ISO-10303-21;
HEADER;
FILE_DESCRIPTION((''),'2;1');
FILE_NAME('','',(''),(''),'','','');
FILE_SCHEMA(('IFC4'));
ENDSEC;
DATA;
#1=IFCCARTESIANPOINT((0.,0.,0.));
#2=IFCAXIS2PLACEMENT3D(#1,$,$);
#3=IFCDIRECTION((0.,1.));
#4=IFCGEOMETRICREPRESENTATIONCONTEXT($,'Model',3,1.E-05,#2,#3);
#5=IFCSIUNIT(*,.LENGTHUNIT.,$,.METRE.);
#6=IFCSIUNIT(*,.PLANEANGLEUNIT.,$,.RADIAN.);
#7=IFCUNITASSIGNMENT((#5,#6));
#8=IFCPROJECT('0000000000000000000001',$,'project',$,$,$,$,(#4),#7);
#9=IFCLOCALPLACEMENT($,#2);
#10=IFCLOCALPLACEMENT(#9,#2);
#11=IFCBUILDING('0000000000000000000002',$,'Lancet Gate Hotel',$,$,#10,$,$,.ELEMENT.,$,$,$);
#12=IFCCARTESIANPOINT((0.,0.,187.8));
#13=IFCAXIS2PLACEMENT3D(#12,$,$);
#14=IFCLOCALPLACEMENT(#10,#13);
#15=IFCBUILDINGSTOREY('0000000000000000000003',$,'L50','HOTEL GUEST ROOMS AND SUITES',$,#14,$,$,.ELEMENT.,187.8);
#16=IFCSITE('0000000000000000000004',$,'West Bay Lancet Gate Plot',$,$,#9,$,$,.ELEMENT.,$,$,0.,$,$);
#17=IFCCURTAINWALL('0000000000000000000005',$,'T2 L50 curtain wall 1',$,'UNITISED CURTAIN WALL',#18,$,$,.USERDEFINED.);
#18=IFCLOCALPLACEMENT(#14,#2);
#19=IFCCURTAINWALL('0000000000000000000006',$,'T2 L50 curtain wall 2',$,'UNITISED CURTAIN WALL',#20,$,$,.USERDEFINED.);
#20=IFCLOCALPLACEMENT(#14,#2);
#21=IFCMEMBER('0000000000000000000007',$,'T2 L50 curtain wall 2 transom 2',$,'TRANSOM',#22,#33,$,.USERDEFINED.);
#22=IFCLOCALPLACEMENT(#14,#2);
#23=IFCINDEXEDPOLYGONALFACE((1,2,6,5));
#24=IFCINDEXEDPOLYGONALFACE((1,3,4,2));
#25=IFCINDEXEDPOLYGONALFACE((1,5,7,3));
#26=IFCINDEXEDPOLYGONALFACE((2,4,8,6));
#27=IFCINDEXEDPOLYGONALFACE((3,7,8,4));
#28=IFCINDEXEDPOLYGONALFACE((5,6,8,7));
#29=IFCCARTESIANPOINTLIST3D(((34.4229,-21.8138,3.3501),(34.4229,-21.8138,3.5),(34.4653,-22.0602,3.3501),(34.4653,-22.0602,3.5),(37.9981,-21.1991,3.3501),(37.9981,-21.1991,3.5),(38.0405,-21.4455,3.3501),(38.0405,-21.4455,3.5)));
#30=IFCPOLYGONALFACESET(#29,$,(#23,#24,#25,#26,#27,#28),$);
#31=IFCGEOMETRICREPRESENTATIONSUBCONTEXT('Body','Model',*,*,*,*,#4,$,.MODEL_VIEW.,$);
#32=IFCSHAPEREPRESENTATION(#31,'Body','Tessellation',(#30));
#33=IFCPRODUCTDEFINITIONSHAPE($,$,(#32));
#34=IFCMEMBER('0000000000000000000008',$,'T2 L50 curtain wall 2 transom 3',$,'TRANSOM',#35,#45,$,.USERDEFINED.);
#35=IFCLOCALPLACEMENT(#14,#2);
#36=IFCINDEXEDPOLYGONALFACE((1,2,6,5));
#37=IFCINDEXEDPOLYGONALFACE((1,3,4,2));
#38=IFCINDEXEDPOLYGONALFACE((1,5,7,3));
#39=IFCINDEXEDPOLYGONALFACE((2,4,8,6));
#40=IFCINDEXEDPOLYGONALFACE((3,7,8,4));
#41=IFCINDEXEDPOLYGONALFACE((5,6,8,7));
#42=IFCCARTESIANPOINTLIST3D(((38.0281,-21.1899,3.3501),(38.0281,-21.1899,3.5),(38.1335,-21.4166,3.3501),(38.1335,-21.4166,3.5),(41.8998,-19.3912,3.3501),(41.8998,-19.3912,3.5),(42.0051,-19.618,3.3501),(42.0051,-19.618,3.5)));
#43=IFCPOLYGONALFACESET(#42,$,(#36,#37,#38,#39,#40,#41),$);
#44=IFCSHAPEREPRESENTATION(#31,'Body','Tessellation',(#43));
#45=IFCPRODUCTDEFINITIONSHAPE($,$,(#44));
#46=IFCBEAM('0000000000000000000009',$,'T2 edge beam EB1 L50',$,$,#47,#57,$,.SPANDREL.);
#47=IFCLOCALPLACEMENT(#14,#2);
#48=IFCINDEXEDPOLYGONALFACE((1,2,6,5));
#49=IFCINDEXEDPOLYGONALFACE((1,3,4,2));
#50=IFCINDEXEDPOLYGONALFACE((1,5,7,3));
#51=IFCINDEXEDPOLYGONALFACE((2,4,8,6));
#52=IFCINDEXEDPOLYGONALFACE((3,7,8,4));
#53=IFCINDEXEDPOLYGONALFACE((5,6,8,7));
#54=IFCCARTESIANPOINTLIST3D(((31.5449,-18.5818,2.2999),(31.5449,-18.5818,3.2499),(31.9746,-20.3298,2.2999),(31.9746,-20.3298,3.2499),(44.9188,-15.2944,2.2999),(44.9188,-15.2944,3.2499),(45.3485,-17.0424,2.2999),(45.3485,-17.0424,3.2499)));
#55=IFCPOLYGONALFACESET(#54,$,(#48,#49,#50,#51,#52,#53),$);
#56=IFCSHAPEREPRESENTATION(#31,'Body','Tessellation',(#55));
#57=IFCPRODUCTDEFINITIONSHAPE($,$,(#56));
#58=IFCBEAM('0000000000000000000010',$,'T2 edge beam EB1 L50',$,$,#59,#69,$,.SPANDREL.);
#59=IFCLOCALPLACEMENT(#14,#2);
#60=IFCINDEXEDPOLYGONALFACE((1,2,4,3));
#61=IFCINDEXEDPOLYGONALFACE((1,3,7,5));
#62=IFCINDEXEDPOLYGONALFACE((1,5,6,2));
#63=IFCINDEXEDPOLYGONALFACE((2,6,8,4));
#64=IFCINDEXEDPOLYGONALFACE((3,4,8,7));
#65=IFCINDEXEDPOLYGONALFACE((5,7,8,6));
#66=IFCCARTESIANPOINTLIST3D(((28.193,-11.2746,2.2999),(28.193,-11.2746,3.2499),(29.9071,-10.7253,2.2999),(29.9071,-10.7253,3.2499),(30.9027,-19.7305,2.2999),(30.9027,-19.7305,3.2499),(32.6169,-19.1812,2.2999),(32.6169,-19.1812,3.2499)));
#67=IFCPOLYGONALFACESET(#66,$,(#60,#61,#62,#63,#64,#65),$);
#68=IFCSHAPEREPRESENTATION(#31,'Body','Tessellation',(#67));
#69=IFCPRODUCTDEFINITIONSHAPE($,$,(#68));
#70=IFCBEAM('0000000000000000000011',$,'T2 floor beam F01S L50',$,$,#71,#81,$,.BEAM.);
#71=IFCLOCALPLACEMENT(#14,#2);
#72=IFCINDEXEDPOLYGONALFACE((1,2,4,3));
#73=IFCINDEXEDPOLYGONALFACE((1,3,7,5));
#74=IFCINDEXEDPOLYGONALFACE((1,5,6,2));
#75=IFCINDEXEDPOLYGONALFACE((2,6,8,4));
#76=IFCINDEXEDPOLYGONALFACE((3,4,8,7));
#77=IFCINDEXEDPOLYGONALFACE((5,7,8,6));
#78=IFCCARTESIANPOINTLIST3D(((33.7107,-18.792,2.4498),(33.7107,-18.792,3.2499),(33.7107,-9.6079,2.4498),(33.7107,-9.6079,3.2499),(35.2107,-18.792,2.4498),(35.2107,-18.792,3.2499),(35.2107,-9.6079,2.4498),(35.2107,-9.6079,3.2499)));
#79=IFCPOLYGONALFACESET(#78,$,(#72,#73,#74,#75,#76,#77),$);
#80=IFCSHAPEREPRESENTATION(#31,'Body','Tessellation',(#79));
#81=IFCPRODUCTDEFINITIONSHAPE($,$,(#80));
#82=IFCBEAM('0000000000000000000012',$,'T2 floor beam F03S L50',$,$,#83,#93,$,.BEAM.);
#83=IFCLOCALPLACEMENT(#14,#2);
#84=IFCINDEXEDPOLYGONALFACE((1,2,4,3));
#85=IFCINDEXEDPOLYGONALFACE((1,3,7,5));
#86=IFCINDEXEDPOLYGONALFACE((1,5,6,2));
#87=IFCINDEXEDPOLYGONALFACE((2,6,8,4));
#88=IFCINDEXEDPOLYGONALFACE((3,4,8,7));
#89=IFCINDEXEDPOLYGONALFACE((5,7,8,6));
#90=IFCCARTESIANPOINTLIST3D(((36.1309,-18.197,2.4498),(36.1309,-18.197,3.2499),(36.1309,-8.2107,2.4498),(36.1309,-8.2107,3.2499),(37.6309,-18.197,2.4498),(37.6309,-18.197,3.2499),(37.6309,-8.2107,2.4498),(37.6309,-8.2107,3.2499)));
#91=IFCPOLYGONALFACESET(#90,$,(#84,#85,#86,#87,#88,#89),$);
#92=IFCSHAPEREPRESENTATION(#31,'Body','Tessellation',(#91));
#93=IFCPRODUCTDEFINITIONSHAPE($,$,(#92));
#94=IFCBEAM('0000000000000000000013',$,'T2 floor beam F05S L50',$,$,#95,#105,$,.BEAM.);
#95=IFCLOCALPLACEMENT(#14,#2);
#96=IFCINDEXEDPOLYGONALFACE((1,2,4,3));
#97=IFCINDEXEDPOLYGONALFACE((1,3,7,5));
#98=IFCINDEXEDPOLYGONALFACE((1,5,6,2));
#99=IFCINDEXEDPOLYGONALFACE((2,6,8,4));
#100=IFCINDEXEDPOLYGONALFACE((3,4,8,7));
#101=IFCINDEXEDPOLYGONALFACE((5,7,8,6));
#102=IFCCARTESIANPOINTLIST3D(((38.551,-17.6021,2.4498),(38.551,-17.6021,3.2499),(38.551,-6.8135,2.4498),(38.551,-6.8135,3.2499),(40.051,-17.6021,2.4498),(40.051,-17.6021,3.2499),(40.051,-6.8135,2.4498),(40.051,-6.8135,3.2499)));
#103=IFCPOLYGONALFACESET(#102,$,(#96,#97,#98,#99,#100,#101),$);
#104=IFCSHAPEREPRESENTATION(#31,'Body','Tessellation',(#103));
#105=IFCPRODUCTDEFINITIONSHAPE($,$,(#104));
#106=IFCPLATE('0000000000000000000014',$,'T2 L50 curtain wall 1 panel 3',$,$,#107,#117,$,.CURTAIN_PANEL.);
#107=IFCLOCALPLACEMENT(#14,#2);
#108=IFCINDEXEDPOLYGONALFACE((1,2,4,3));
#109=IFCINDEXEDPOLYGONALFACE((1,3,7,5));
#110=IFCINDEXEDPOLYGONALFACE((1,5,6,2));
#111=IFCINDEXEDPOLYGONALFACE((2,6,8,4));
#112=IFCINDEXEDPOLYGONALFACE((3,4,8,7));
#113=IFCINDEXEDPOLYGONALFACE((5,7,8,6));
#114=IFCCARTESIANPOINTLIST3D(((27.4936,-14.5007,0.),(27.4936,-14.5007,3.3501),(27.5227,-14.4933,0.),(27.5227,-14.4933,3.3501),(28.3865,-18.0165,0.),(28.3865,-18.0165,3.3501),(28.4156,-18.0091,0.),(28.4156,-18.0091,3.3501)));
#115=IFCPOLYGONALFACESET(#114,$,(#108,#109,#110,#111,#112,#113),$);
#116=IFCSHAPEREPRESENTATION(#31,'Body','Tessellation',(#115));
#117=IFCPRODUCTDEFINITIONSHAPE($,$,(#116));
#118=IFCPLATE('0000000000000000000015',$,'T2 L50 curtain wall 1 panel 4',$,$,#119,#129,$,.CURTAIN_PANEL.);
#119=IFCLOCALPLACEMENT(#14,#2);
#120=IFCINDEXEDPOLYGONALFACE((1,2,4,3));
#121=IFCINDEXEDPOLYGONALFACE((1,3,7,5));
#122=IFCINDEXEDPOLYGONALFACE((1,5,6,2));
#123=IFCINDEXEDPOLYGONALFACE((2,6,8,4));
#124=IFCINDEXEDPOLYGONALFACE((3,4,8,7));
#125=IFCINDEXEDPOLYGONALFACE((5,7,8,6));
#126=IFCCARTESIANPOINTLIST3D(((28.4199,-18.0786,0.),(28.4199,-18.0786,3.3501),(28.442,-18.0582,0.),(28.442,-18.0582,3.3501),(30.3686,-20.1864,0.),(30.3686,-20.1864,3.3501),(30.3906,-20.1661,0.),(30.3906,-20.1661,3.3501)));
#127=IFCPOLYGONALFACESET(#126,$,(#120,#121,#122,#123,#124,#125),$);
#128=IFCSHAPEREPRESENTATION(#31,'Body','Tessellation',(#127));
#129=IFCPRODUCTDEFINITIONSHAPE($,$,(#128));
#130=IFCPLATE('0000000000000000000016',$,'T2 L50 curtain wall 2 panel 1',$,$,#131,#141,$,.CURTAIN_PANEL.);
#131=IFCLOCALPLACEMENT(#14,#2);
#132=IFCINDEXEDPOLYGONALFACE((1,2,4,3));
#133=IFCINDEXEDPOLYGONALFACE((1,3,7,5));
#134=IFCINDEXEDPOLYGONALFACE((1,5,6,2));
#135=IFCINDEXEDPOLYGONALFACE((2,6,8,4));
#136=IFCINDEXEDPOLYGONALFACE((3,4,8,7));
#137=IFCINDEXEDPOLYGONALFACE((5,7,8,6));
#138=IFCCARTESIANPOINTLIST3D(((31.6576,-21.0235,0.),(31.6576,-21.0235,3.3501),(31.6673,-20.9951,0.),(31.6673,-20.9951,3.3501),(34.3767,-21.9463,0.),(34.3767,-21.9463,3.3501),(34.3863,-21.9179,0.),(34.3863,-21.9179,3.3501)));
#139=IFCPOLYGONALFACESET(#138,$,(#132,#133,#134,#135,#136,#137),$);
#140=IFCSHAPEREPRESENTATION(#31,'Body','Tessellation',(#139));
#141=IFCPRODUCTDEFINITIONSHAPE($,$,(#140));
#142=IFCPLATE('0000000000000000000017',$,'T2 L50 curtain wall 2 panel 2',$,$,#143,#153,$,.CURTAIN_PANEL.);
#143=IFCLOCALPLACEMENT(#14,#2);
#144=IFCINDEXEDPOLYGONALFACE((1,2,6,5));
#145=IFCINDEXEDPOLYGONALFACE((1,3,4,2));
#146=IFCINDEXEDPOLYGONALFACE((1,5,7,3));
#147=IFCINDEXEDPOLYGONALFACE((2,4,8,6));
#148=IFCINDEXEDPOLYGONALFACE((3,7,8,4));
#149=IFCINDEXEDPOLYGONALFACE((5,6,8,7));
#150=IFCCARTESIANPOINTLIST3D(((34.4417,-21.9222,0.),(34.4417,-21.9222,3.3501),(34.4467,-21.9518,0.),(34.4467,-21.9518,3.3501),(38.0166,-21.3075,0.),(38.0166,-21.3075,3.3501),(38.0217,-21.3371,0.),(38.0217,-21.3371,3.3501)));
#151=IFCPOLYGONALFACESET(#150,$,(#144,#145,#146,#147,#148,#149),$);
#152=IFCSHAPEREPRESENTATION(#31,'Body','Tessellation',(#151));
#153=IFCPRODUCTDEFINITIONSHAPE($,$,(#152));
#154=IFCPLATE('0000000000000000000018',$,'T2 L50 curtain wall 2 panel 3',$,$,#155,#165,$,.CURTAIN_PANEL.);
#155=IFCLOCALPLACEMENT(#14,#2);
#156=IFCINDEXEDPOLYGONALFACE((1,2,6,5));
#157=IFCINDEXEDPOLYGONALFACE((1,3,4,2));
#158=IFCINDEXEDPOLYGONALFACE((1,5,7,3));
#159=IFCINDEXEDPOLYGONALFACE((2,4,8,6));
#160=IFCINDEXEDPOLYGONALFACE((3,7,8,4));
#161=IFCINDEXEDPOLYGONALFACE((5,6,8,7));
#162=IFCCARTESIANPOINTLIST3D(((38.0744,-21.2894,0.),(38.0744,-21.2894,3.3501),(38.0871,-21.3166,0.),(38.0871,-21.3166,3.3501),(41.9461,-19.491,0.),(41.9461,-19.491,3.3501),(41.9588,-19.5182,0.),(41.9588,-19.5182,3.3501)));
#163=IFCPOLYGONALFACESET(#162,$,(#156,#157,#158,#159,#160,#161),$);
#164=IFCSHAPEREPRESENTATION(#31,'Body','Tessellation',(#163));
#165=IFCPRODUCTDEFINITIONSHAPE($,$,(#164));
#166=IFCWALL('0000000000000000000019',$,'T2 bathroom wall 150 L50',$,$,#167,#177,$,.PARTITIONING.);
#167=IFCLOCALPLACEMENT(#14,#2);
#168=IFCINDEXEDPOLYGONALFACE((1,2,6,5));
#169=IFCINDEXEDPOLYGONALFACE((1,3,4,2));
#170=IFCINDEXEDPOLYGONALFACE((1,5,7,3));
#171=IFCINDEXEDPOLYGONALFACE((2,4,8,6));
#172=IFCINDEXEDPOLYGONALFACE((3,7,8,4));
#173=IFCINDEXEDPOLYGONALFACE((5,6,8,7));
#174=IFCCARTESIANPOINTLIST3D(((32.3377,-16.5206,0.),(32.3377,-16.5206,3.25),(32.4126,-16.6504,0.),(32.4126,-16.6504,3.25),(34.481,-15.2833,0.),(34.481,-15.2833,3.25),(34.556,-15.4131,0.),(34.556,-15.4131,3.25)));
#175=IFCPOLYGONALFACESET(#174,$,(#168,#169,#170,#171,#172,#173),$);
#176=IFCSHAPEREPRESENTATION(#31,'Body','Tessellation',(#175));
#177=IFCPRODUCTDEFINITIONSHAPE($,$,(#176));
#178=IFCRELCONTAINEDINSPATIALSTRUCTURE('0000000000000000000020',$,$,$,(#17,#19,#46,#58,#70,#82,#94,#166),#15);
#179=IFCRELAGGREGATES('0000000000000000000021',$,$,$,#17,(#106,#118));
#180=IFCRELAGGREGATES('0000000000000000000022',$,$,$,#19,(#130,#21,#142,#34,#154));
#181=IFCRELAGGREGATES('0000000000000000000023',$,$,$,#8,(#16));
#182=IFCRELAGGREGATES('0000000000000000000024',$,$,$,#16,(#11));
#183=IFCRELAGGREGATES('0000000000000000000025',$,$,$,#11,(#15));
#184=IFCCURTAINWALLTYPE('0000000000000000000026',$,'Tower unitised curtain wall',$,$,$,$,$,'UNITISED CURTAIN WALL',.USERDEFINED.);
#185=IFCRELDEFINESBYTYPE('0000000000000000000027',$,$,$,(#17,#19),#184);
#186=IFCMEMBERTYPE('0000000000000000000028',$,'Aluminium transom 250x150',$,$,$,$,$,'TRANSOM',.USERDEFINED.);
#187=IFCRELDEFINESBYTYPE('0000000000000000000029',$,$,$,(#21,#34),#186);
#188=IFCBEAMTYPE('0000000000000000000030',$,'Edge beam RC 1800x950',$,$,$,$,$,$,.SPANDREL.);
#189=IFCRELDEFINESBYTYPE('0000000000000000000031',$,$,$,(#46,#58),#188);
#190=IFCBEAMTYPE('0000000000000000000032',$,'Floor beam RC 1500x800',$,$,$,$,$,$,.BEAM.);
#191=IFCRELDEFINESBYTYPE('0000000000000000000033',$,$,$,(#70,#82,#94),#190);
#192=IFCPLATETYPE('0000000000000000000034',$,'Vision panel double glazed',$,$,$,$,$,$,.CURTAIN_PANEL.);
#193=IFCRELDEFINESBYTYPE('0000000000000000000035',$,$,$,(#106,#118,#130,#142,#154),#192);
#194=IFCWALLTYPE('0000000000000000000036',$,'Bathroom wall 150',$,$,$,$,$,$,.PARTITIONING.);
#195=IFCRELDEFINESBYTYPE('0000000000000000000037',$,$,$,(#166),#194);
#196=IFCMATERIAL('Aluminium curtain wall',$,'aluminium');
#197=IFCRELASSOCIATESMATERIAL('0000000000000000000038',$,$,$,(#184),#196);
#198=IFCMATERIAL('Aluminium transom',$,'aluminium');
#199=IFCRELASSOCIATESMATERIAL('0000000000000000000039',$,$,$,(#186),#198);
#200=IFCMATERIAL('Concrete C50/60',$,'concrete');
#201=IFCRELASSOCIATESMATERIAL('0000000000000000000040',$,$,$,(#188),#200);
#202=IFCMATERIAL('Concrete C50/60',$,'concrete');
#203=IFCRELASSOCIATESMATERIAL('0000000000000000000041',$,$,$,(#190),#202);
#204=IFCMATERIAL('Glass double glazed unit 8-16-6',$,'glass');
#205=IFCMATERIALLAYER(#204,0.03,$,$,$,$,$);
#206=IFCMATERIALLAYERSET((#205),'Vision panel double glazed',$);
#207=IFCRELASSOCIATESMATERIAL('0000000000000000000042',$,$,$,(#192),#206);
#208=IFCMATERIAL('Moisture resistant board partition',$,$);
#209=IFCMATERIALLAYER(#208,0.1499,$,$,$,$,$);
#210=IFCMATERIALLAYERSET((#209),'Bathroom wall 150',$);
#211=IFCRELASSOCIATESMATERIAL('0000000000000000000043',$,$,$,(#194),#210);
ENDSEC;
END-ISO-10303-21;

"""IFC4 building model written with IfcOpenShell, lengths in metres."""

from ifc_helpers import new_model, si_unit, direction, frame, frame_2d, origin, origin_2d, place, context, subcontext, project, spatial, rectangle, extrude, material, layer, layer_set, material_profile, profile_set, type_object, element, aggregate, save


model = new_model("IFC4")

# Units and contexts
model_context = context("Model", 3, precision=1e-05, world=origin(), true_north=direction((0.0, 1.0)))
body_context = subcontext(model_context, "Body", "Model", "MODEL_VIEW")
ifc_project = project(units=[si_unit("LENGTHUNIT", "METRE"), si_unit("PLANEANGLEUNIT", "RADIAN")], contexts=[model_context])

# Site, building, storey
site_placement = place(None, origin())
site = spatial("IfcSite", under=ifc_project, at=site_placement, Name="West Bay Lancet Gate Plot", CompositionType="ELEMENT", RefElevation=0.0)
building_placement = place(site_placement, origin())
building = spatial("IfcBuilding", under=site, at=building_placement, Name="Lancet Gate Hotel", CompositionType="ELEMENT")
storey_placement = place(building_placement, frame((0.0, 0.0, 187.8)))
storey = spatial("IfcBuildingStorey", under=building, at=storey_placement, Name="L50", Description="HOTEL GUEST ROOMS AND SUITES", CompositionType="ELEMENT", Elevation=187.8)

# Curtain walls
ifc_material_1 = material(Name="Aluminium curtain wall", Category="aluminium")
curtain_wall_type = type_object("IfcCurtainWallType", Name="Tower unitised curtain wall", ElementType="UNITISED CURTAIN WALL", PredefinedType="USERDEFINED", material=ifc_material_1)
curtain_wall_1_placement = place(storey_placement, origin())
curtain_wall_1 = element("IfcCurtainWall", 1, at=curtain_wall_1_placement, inside=storey, type_object=curtain_wall_type, Name="T2 L50 curtain wall 1", ObjectType="UNITISED CURTAIN WALL", PredefinedType="USERDEFINED")
curtain_wall_2_placement = place(storey_placement, origin())
curtain_wall_2 = element("IfcCurtainWall", 2, at=curtain_wall_2_placement, inside=storey, type_object=curtain_wall_type, Name="T2 L50 curtain wall 2", ObjectType="UNITISED CURTAIN WALL", PredefinedType="USERDEFINED")

# Members
ifc_material_2 = material(Name="Aluminium transom", Category="aluminium")
ifc_material_profile_1 = material_profile(ifc_material_2, rectangle(XDim=0.25, YDim=0.1499, at=origin_2d()), Name="TRANSOM 250x150")
ifc_profile_set_1 = profile_set([ifc_material_profile_1], Name="Aluminium transom")
member_type_1 = type_object("IfcMemberType", Name="Aluminium transom 250x150", ElementType="TRANSOM", PredefinedType="USERDEFINED", material=ifc_profile_set_1)
member_1_placement = place(storey_placement, frame((34.4441, -21.937, 3.425), z_axis=(0.985537, 0.169461, 0.0), x_axis=(-0.169461, 0.985537, 0.0)))
member_1 = element("IfcMember", 3, at=member_1_placement, type_object=member_type_1, Name="T2 L50 curtain wall 2 transom 2", ObjectType="TRANSOM", PredefinedType="USERDEFINED", context=body_context, shape_type="SweptSolid", body=[
    extrude(rectangle(XDim=0.25, YDim=0.1499, at=origin_2d()), origin(), (0.0, 0.0, 1.0), 3.6277),
])
member_2_placement = place(storey_placement, frame((38.0808, -21.3032, 3.425), z_axis=(0.906914, 0.421316, 0.0), x_axis=(-0.421316, 0.906914, 0.0)))
member_2 = element("IfcMember", 4, at=member_2_placement, type_object=member_type_1, Name="T2 L50 curtain wall 2 transom 3", ObjectType="TRANSOM", PredefinedType="USERDEFINED", context=body_context, shape_type="SweptSolid", body=[
    extrude(rectangle(XDim=0.25, YDim=0.1499, at=origin_2d()), origin(), (0.0, 0.0, 1.0), 4.269),
])

# Beams
ifc_material_3 = material(Name="Concrete C50/60", Category="concrete")
ifc_material_profile_2 = material_profile(ifc_material_3, rectangle(XDim=1.8, YDim=0.95, at=origin_2d()), Name="RC 1800x950")
ifc_profile_set_2 = profile_set([ifc_material_profile_2], Name="Concrete C50/60")
beam_type_1 = type_object("IfcBeamType", Name="Edge beam RC 1800x950", PredefinedType="SPANDREL", material=ifc_profile_set_2)
beam_1_placement = place(storey_placement, frame((31.7598, -19.4558, 2.7749), z_axis=(0.971093, 0.2387, 0.0), x_axis=(-0.2387, 0.971093, 0.0)))
element("IfcBeam", 5, at=beam_1_placement, inside=storey, type_object=beam_type_1, Name="T2 edge beam EB1 L50", PredefinedType="SPANDREL", context=body_context, shape_type="SweptSolid", body=[
    extrude(rectangle(XDim=1.8, YDim=0.95, at=origin_2d()), origin(), (0.0, 0.0, 1.0), 13.772),
])
beam_2_placement = place(storey_placement, frame((31.7598, -19.4558, 2.7749), z_axis=(-0.30517, 0.952298, 0.0), x_axis=(-0.952298, -0.30517, 0.0)))
element("IfcBeam", 6, at=beam_2_placement, inside=storey, type_object=beam_type_1, Name="T2 edge beam EB1 L50", PredefinedType="SPANDREL", context=body_context, shape_type="SweptSolid", body=[
    extrude(rectangle(XDim=1.8, YDim=0.95, at=origin_2d()), origin(), (0.0, 0.0, 1.0), 8.8794),
])
ifc_material_4 = material(Name="Concrete C50/60", Category="concrete")
ifc_material_profile_3 = material_profile(ifc_material_4, rectangle(XDim=1.5, YDim=0.8, at=origin_2d()), Name="RC 1500x800")
ifc_profile_set_3 = profile_set([ifc_material_profile_3], Name="Concrete C50/60")
beam_type_2 = type_object("IfcBeamType", Name="Floor beam RC 1500x800", PredefinedType="BEAM", material=ifc_profile_set_3)
beam_3_placement = place(storey_placement, frame((34.4607, -18.792, 2.8499), z_axis=(0.0, 1.0, 0.0), x_axis=(-1.0, 0.0, 0.0)))
element("IfcBeam", 7, at=beam_3_placement, inside=storey, type_object=beam_type_2, Name="T2 floor beam F01S L50", PredefinedType="BEAM", context=body_context, shape_type="SweptSolid", body=[
    extrude(rectangle(XDim=1.5, YDim=0.8, at=origin_2d()), origin(), (0.0, 0.0, 1.0), 9.1841),
])
beam_4_placement = place(storey_placement, frame((36.8809, -18.197, 2.8499), z_axis=(0.0, 1.0, 0.0), x_axis=(-1.0, 0.0, 0.0)))
element("IfcBeam", 8, at=beam_4_placement, inside=storey, type_object=beam_type_2, Name="T2 floor beam F03S L50", PredefinedType="BEAM", context=body_context, shape_type="SweptSolid", body=[
    extrude(rectangle(XDim=1.5, YDim=0.8, at=origin_2d()), origin(), (0.0, 0.0, 1.0), 9.9863),
])
beam_5_placement = place(storey_placement, frame((39.301, -17.6021, 2.8499), z_axis=(0.0, 1.0, 0.0), x_axis=(-1.0, 0.0, 0.0)))
element("IfcBeam", 9, at=beam_5_placement, inside=storey, type_object=beam_type_2, Name="T2 floor beam F05S L50", PredefinedType="BEAM", context=body_context, shape_type="SweptSolid", body=[
    extrude(rectangle(XDim=1.5, YDim=0.8, at=origin_2d()), origin(), (0.0, 0.0, 1.0), 10.7886),
])

# Plates
ifc_material_5 = material(Name="Glass double glazed unit 8-16-6", Category="glass")
ifc_layer_1 = layer(ifc_material_5, 0.03)
ifc_layer_set_1 = layer_set([ifc_layer_1], Name="Vision panel double glazed")
plate_type = type_object("IfcPlateType", Name="Vision panel double glazed", PredefinedType="CURTAIN_PANEL", material=ifc_layer_set_1)
plate_1_placement = place(storey_placement, frame((27.9546, -16.2549, 0.0), z_axis=(0.0, 0.0, 1.0), x_axis=(0.246167, -0.969228, 0.0)))
plate_1 = element("IfcPlate", 10, at=plate_1_placement, type_object=plate_type, Name="T2 L50 curtain wall 1 panel 3", PredefinedType="CURTAIN_PANEL", context=body_context, shape_type="SweptSolid", body=[
    extrude(rectangle(XDim=3.6274, YDim=0.03, at=origin_2d()), origin(), (0.0, 0.0, 1.0), 3.3501),
])
plate_2_placement = place(storey_placement, frame((29.4053, -19.1223, 0.0), z_axis=(0.0, 0.0, 1.0), x_axis=(0.678831, -0.734294, 0.0)))
plate_2 = element("IfcPlate", 11, at=plate_2_placement, type_object=plate_type, Name="T2 L50 curtain wall 1 panel 4", PredefinedType="CURTAIN_PANEL", context=body_context, shape_type="SweptSolid", body=[
    extrude(rectangle(XDim=2.8706, YDim=0.03, at=origin_2d()), origin(), (0.0, 0.0, 1.0), 3.3501),
])
aggregate(curtain_wall_1, [plate_1, plate_2])
plate_3_placement = place(storey_placement, frame((33.022, -21.4707, 0.0), z_axis=(0.0, 0.0, 1.0), x_axis=(0.946952, -0.321374, 0.0)))
plate_3 = element("IfcPlate", 12, at=plate_3_placement, type_object=plate_type, Name="T2 L50 curtain wall 2 panel 1", PredefinedType="CURTAIN_PANEL", context=body_context, shape_type="SweptSolid", body=[
    extrude(rectangle(XDim=2.8713, YDim=0.03, at=origin_2d()), origin(), (0.0, 0.0, 1.0), 3.3501),
])
plate_4_placement = place(storey_placement, frame((36.2317, -21.6296, 0.0), z_axis=(0.0, 0.0, 1.0), x_axis=(0.98554, 0.169445, 0.0)))
plate_4 = element("IfcPlate", 13, at=plate_4_placement, type_object=plate_type, Name="T2 L50 curtain wall 2 panel 2", PredefinedType="CURTAIN_PANEL", context=body_context, shape_type="SweptSolid", body=[
    extrude(rectangle(XDim=3.6274, YDim=0.03, at=origin_2d()), origin(), (0.0, 0.0, 1.0), 3.3501),
])
plate_5_placement = place(storey_placement, frame((40.0166, -20.4038, 0.0), z_axis=(0.0, 0.0, 1.0), x_axis=(0.906935, 0.421271, 0.0)))
plate_5 = element("IfcPlate", 14, at=plate_5_placement, type_object=plate_type, Name="T2 L50 curtain wall 2 panel 3", PredefinedType="CURTAIN_PANEL", context=body_context, shape_type="SweptSolid", body=[
    extrude(rectangle(XDim=4.269, YDim=0.03, at=origin_2d()), origin(), (0.0, 0.0, 1.0), 3.3501),
])
aggregate(curtain_wall_2, [plate_3, member_1, plate_4, member_2, plate_5])

# Wall
ifc_material_6 = material(Name="Moisture resistant board partition")
ifc_layer_2 = layer(ifc_material_6, 0.1499)
ifc_layer_set_2 = layer_set([ifc_layer_2], Name="Bathroom wall 150")
wall_type_1 = type_object("IfcWallType", Name="Bathroom wall 150", PredefinedType="PARTITIONING", material=ifc_layer_set_2)
wall_1_placement = place(storey_placement, frame((32.3752, -16.5854, 0.0), z_axis=(0.0, 0.0, 1.0), x_axis=(0.866049, 0.499959, 0.0)))
element("IfcWall", 15, at=wall_1_placement, inside=storey, type_object=wall_type_1, Name="T2 bathroom wall 150 L50", PredefinedType="PARTITIONING", context=body_context, shape_type="SweptSolid", body=[
    extrude(rectangle(XDim=2.4749, YDim=0.1499, at=frame_2d((1.2373, 0.0))), origin(), (0.0, 0.0, 1.0), 3.25),
])

save(model, "model.ifc")
